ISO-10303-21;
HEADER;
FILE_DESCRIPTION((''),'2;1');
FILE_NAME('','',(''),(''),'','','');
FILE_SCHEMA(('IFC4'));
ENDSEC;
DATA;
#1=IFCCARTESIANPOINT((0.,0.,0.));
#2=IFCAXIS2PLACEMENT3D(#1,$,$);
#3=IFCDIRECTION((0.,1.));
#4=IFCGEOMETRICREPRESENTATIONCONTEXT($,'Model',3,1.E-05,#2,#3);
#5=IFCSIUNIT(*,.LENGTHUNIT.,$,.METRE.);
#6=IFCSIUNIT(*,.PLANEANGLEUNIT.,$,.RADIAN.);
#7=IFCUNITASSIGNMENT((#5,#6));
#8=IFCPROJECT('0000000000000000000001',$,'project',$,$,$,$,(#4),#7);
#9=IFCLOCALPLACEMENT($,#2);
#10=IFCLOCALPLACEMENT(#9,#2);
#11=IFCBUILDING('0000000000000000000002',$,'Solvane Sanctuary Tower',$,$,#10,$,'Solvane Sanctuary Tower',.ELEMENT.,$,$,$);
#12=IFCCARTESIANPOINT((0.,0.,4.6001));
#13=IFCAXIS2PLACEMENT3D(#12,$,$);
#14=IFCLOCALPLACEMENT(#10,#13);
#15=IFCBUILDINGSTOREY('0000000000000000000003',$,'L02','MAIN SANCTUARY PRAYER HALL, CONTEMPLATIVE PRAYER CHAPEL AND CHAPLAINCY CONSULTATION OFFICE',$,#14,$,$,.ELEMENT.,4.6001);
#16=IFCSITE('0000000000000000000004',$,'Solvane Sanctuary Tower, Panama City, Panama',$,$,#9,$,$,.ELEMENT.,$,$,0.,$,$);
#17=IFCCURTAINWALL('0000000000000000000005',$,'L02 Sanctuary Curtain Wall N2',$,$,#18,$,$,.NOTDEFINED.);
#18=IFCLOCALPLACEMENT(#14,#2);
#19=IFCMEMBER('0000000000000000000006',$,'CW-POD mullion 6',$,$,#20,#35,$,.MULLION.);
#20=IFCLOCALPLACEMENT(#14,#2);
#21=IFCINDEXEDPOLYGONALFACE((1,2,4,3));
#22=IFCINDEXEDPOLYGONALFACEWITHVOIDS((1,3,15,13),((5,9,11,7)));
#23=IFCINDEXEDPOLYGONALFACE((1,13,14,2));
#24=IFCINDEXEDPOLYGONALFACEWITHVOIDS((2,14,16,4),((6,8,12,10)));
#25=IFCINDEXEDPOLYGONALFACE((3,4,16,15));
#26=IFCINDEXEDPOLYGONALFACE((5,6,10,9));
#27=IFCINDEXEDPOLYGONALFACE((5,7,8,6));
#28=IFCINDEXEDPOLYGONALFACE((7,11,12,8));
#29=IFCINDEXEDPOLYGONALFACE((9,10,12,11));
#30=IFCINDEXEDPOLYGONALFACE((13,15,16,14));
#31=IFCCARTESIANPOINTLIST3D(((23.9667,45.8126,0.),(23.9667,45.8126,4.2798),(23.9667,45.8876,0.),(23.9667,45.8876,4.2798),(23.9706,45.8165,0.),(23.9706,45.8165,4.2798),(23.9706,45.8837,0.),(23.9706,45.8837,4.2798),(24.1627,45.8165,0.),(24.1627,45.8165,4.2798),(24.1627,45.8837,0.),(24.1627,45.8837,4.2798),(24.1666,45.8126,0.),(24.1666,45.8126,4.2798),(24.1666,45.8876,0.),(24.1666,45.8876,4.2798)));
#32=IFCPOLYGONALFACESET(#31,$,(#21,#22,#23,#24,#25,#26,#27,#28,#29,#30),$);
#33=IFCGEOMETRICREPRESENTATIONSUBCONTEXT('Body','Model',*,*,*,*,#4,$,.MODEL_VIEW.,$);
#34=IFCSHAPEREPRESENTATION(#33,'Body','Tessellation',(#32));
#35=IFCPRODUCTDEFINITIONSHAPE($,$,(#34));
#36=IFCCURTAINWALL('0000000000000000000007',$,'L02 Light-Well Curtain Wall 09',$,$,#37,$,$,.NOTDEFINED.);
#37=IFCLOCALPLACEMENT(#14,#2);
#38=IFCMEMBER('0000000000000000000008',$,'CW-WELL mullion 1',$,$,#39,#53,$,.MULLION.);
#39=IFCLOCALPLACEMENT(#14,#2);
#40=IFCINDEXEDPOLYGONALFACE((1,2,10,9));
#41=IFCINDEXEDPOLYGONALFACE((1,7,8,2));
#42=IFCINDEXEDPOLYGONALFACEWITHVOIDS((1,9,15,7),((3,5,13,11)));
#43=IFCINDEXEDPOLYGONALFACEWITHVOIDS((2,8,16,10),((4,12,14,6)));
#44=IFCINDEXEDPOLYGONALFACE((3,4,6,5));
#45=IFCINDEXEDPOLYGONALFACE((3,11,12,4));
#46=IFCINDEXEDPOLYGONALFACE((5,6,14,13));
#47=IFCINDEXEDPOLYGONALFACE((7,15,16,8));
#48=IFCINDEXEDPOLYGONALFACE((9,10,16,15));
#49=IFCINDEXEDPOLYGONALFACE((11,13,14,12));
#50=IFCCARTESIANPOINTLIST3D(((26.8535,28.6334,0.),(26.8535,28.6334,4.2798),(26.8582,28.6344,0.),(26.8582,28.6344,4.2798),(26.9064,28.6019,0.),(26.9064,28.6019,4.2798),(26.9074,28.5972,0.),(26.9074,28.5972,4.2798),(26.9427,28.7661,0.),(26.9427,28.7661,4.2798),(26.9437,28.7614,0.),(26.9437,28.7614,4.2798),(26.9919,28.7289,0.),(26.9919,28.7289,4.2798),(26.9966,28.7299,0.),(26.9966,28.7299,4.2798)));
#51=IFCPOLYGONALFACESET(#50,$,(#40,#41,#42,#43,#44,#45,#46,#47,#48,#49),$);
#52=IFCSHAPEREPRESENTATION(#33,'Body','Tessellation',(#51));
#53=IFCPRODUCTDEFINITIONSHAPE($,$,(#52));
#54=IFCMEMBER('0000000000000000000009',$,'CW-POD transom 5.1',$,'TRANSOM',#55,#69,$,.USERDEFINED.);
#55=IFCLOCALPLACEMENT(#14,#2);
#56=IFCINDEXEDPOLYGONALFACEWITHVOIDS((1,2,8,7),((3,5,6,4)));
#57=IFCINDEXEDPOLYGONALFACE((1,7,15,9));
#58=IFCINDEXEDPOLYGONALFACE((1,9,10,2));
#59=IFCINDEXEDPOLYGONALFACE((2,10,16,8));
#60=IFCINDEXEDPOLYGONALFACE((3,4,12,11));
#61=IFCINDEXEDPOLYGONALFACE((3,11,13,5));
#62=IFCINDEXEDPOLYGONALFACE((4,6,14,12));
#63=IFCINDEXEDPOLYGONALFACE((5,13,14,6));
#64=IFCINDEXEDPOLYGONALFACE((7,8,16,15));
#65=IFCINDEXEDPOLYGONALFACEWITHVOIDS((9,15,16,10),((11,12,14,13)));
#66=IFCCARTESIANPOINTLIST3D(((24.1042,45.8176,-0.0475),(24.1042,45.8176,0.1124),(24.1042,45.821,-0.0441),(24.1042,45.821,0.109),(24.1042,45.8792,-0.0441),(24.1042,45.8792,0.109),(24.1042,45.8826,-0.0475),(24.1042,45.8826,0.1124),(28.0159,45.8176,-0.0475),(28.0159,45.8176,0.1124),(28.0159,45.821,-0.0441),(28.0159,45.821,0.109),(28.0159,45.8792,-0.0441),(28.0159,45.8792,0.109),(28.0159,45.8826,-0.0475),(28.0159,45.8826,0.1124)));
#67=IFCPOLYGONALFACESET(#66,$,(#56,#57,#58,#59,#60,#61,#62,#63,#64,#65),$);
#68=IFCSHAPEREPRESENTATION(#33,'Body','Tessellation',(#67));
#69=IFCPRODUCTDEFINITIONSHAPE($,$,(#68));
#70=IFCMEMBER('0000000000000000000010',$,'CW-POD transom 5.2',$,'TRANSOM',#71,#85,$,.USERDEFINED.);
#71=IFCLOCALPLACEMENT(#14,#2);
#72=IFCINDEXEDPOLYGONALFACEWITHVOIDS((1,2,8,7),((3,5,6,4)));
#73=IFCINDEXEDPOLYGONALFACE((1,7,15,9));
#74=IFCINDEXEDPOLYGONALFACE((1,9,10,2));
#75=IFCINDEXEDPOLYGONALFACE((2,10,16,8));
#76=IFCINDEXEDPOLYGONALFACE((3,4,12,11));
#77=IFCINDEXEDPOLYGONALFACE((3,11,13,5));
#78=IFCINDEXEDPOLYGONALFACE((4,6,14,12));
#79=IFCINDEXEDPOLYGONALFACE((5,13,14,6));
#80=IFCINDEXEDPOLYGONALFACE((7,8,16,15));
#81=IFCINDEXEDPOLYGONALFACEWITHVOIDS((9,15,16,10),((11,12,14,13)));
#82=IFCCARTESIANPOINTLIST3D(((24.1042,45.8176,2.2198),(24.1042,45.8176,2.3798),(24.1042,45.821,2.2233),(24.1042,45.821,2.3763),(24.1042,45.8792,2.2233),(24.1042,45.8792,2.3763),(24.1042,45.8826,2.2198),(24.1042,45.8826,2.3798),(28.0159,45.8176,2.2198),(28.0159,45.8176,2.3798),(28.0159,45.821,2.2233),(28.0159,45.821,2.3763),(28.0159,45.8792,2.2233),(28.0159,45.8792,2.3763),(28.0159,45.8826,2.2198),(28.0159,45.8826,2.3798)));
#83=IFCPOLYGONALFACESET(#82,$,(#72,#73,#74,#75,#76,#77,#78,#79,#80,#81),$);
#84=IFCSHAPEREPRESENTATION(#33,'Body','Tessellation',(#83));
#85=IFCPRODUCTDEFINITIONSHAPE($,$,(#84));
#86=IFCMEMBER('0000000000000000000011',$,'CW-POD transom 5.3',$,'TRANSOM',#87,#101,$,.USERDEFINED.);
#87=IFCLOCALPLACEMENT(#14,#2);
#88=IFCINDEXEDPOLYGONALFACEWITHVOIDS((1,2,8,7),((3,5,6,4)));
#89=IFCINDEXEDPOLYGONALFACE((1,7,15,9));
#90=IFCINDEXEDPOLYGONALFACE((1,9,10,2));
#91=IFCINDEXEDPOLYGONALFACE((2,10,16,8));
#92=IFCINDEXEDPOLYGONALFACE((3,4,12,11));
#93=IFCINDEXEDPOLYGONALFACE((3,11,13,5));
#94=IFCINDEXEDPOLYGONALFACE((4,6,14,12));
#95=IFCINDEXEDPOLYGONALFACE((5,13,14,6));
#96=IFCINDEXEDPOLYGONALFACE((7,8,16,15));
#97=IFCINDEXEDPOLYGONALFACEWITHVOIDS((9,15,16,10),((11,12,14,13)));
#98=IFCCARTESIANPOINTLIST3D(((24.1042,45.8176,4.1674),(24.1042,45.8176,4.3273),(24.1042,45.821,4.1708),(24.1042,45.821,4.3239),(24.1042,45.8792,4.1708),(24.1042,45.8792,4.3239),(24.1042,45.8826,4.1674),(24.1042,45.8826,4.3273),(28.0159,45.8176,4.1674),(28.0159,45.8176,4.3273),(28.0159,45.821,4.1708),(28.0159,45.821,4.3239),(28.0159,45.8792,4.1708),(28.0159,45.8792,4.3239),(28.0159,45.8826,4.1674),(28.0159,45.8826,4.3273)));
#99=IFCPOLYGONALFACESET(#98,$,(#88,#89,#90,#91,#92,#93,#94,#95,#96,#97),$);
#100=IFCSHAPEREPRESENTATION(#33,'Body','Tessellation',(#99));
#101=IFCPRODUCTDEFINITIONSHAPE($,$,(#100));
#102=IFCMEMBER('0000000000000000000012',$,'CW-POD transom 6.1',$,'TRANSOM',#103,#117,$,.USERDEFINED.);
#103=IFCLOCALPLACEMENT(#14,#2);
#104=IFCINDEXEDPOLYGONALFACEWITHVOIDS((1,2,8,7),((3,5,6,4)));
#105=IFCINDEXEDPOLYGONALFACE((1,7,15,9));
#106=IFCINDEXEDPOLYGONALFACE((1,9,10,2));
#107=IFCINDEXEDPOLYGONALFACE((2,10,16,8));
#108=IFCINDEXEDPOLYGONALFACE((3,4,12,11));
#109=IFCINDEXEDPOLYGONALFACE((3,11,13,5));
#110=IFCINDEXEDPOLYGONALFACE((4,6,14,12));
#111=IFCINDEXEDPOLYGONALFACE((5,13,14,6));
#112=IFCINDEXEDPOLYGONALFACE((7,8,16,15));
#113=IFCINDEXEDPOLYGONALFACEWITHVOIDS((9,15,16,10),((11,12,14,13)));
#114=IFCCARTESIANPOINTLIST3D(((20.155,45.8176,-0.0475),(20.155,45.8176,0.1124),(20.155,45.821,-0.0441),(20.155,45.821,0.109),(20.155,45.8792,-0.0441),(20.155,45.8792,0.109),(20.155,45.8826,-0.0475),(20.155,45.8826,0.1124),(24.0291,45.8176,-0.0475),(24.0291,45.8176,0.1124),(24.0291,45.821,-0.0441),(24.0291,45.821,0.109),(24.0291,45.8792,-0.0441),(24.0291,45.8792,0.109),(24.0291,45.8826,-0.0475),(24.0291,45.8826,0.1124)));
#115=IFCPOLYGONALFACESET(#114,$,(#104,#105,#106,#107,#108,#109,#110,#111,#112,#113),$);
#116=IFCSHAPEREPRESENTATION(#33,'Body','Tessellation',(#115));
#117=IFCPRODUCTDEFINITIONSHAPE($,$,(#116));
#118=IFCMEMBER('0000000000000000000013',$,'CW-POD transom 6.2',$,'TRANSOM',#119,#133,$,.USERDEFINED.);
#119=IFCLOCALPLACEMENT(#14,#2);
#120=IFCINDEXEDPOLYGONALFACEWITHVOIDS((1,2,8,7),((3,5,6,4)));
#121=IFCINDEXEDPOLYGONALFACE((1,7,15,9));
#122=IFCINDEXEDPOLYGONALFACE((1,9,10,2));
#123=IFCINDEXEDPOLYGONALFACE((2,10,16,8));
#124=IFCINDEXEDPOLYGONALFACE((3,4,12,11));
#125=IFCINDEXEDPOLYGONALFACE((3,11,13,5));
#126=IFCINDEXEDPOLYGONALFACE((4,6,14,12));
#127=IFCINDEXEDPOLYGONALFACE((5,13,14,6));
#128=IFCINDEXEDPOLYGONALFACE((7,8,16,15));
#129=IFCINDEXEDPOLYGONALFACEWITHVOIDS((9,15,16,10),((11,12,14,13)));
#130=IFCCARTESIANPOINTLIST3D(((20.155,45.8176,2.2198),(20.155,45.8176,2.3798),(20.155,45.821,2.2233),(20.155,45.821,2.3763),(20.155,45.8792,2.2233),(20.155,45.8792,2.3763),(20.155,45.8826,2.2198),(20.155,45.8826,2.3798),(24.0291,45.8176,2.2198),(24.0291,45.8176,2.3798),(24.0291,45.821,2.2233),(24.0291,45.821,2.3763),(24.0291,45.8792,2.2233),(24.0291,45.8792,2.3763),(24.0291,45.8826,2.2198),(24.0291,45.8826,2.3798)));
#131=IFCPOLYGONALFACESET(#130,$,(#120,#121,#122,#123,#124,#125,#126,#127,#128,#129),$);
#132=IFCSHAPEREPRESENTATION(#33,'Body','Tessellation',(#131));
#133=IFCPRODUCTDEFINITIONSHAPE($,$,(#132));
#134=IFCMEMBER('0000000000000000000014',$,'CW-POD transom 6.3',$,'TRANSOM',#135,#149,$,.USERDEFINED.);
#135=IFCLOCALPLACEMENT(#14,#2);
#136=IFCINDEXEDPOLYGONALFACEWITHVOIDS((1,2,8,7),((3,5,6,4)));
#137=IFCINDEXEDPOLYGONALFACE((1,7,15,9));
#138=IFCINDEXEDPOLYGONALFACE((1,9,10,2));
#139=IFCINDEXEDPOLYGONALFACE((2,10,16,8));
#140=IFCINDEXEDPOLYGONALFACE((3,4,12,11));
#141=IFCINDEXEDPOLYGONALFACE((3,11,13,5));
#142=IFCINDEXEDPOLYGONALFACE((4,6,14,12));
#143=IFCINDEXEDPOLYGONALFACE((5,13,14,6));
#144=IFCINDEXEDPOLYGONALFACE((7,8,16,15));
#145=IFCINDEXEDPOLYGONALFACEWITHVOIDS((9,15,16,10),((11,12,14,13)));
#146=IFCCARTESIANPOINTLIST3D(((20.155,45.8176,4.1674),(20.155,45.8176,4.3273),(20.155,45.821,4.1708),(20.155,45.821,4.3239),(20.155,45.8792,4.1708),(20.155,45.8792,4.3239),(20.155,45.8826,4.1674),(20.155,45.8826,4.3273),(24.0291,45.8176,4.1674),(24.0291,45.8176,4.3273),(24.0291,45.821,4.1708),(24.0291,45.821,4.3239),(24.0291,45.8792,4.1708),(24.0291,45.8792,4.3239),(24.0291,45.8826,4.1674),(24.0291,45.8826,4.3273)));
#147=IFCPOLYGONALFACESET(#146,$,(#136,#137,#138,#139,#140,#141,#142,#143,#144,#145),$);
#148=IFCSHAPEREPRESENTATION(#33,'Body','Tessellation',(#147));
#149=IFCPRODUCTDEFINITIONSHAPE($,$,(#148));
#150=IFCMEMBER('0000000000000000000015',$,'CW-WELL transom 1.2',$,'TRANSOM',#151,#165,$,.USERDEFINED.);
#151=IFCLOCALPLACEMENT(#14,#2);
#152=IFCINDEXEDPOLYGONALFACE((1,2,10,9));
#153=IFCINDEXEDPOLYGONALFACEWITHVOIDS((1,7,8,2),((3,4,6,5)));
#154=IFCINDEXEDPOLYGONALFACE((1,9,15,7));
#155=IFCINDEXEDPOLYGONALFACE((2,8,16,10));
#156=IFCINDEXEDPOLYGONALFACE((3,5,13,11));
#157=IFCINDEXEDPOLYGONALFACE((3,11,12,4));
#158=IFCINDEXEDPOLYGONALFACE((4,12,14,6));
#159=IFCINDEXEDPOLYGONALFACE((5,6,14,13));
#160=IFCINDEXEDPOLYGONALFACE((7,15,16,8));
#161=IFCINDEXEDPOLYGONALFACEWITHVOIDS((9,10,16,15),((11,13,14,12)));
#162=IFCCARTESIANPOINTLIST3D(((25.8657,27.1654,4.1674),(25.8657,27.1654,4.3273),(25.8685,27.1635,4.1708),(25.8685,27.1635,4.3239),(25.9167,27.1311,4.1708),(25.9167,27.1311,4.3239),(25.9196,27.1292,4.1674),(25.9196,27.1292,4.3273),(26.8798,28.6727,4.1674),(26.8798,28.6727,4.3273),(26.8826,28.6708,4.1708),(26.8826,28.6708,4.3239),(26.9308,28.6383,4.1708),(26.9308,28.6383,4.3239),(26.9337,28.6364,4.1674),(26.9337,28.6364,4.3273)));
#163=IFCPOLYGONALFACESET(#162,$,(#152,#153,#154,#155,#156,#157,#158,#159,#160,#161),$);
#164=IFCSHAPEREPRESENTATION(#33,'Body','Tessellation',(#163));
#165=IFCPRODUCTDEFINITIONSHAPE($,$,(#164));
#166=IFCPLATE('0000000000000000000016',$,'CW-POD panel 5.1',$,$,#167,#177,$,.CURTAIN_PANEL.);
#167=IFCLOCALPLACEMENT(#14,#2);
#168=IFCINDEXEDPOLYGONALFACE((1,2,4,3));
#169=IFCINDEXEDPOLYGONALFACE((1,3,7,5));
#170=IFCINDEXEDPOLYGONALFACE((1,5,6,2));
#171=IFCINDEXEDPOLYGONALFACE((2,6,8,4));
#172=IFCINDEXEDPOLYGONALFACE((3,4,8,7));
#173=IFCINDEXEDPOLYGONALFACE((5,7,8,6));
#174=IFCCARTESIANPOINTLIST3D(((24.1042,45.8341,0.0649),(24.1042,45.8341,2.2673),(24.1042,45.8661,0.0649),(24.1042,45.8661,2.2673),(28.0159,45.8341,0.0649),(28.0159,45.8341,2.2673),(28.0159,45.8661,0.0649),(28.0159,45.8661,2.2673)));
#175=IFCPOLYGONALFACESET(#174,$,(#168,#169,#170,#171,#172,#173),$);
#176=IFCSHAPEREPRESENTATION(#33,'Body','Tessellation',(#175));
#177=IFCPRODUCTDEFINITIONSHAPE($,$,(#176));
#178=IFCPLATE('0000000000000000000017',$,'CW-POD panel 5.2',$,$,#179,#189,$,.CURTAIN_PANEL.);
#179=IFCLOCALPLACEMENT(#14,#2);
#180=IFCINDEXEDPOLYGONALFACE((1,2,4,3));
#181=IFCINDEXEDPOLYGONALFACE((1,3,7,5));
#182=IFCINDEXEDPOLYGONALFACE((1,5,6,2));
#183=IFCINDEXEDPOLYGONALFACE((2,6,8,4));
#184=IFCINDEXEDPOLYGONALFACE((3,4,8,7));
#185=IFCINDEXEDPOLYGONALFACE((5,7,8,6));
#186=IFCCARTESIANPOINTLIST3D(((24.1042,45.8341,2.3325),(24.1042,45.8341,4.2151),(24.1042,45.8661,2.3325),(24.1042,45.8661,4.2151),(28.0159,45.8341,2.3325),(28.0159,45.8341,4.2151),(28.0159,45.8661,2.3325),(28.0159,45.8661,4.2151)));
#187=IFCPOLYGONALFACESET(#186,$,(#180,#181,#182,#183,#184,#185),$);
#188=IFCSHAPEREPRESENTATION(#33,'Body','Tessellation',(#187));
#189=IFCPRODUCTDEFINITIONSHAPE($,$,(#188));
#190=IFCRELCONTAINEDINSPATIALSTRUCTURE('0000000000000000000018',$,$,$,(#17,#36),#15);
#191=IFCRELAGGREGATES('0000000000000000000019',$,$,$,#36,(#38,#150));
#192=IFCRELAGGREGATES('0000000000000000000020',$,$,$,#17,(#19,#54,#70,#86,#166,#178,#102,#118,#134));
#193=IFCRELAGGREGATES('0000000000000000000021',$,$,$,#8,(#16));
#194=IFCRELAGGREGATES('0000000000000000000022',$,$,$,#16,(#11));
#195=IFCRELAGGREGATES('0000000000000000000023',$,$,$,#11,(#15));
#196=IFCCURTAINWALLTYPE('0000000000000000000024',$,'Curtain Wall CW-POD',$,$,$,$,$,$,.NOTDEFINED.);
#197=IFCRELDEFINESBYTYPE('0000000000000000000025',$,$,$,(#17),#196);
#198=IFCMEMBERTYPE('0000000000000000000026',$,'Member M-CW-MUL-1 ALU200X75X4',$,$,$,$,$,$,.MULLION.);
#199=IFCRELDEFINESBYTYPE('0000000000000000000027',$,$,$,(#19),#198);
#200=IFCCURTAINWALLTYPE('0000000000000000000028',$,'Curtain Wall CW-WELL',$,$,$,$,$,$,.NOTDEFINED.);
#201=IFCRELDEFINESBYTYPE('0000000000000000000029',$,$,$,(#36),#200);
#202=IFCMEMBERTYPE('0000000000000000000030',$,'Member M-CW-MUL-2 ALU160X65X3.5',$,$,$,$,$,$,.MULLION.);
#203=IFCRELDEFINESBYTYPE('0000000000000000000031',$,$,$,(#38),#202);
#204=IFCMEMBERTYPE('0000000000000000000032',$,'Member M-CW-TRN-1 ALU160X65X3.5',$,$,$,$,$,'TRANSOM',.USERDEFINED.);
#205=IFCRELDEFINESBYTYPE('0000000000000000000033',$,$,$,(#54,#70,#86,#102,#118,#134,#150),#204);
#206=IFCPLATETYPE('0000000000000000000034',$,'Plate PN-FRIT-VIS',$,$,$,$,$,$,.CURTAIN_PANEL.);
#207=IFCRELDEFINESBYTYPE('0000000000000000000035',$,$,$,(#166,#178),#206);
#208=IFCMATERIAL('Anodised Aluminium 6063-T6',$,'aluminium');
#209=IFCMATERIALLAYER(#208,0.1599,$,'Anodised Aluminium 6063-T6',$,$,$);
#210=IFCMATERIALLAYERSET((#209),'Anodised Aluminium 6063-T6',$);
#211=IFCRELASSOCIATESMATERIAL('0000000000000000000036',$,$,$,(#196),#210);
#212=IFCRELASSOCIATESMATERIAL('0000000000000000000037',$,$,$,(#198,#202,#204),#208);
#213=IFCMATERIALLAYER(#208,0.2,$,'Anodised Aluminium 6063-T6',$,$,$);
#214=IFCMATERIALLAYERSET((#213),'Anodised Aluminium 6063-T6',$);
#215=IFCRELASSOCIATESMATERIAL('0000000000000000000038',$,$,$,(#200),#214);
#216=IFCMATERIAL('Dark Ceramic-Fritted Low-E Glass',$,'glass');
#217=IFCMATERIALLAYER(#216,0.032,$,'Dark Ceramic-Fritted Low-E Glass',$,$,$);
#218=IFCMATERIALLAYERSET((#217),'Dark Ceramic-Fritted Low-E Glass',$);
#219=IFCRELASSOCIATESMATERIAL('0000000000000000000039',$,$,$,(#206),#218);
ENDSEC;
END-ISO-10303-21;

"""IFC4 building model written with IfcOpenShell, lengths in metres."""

from ifc_helpers import new_model, si_unit, direction, frame, origin, origin_2d, place, context, subcontext, project, spatial, rectangle, hollow_rectangle, extrude, material, layer, layer_set, material_profile, profile_set, type_object, element, aggregate, save


model = new_model("IFC4")

# Units and contexts
model_context = context("Model", 3, precision=1e-05, world=origin(), true_north=direction((0.0, 1.0)))
body_context = subcontext(model_context, "Body", "Model", "MODEL_VIEW")
ifc_project = project(units=[si_unit("LENGTHUNIT", "METRE"), si_unit("PLANEANGLEUNIT", "RADIAN")], contexts=[model_context])

# Site, building, storey
site_placement = place(None, origin())
site = spatial("IfcSite", under=ifc_project, at=site_placement, Name="Solvane Sanctuary Tower, Panama City, Panama", CompositionType="ELEMENT", RefElevation=0.0)
building_placement = place(site_placement, origin())
building = spatial("IfcBuilding", under=site, at=building_placement, Name="Solvane Sanctuary Tower", LongName="Solvane Sanctuary Tower", CompositionType="ELEMENT")
storey_placement = place(building_placement, frame((0.0, 0.0, 4.6001)))
storey = spatial("IfcBuildingStorey", under=building, at=storey_placement, Name="L02", Description="MAIN SANCTUARY PRAYER HALL, CONTEMPLATIVE PRAYER CHAPEL AND CHAPLAINCY CONSULTATION OFFICE", CompositionType="ELEMENT", Elevation=4.6001)

# Curtain wall, member
ifc_material_1 = material(Name="Anodised Aluminium 6063-T6", Category="aluminium")
ifc_layer_1 = layer(ifc_material_1, 0.1599, Name="Anodised Aluminium 6063-T6")
ifc_layer_set_1 = layer_set([ifc_layer_1], Name="Anodised Aluminium 6063-T6")
curtain_wall_type_1 = type_object("IfcCurtainWallType", Name="Curtain Wall CW-POD", PredefinedType="NOTDEFINED", material=ifc_layer_set_1)
curtain_wall_1_placement = place(storey_placement, origin())
curtain_wall_1 = element("IfcCurtainWall", 1, at=curtain_wall_1_placement, inside=storey, type_object=curtain_wall_type_1, Name="L02 Sanctuary Curtain Wall N2", PredefinedType="NOTDEFINED")
ifc_material_profile_1 = material_profile(ifc_material_1, hollow_rectangle(XDim=0.075, YDim=0.2, WallThickness=0.0039, at=origin_2d()), Name="ALU200X75X4")
ifc_profile_set_1 = profile_set([ifc_material_profile_1], Name="Anodised Aluminium 6063-T6")
member_type_1 = type_object("IfcMemberType", Name="Member M-CW-MUL-1 ALU200X75X4", PredefinedType="MULLION", material=ifc_profile_set_1)
member_1_placement = place(storey_placement, frame((24.0667, 45.8501, 0.0), z_axis=(0.0, 0.0, 1.0), x_axis=(0.0, -1.0, 0.0)))
member_1 = element("IfcMember", 2, at=member_1_placement, type_object=member_type_1, Name="CW-POD mullion 6", PredefinedType="MULLION", context=body_context, shape_type="SweptSolid", body=[
    extrude(hollow_rectangle(XDim=0.075, YDim=0.2, WallThickness=0.0039, at=origin_2d()), origin(), (0.0, 0.0, 1.0), 4.2798),
])

# Curtain wall, member
ifc_layer_2 = layer(ifc_material_1, 0.2, Name="Anodised Aluminium 6063-T6")
ifc_layer_set_2 = layer_set([ifc_layer_2], Name="Anodised Aluminium 6063-T6")
curtain_wall_type_2 = type_object("IfcCurtainWallType", Name="Curtain Wall CW-WELL", PredefinedType="NOTDEFINED", material=ifc_layer_set_2)
curtain_wall_2_placement = place(storey_placement, origin())
curtain_wall_2 = element("IfcCurtainWall", 3, at=curtain_wall_2_placement, inside=storey, type_object=curtain_wall_type_2, Name="L02 Light-Well Curtain Wall 09", PredefinedType="NOTDEFINED")
ifc_material_profile_2 = material_profile(ifc_material_1, hollow_rectangle(XDim=0.0649, YDim=0.1599, WallThickness=0.0034, at=origin_2d()), Name="ALU160X65X3.5")
ifc_profile_set_2 = profile_set([ifc_material_profile_2], Name="Anodised Aluminium 6063-T6")
member_type_2 = type_object("IfcMemberType", Name="Member M-CW-MUL-2 ALU160X65X3.5", PredefinedType="MULLION", material=ifc_profile_set_2)
member_2_placement = place(storey_placement, frame((26.925, 28.6816, 0.0), z_axis=(0.0, 0.0, 1.0), x_axis=(0.829664, -0.558263, 0.0)))
member_2 = element("IfcMember", 4, at=member_2_placement, type_object=member_type_2, Name="CW-WELL mullion 1", PredefinedType="MULLION", context=body_context, shape_type="SweptSolid", body=[
    extrude(hollow_rectangle(XDim=0.0649, YDim=0.1599, WallThickness=0.0034, at=origin_2d()), origin(), (0.0, 0.0, 1.0), 4.2798),
])

# Members
ifc_material_profile_3 = material_profile(ifc_material_1, hollow_rectangle(XDim=0.0649, YDim=0.1599, WallThickness=0.0034, at=origin_2d()), Name="ALU160X65X3.5")
ifc_profile_set_3 = profile_set([ifc_material_profile_3], Name="Anodised Aluminium 6063-T6")
member_type_3 = type_object("IfcMemberType", Name="Member M-CW-TRN-1 ALU160X65X3.5", ElementType="TRANSOM", PredefinedType="USERDEFINED", material=ifc_profile_set_3)
member_3_placement = place(storey_placement, frame((28.0159, 45.8501, 0.0325), z_axis=(-1.0, 0.0, 0.0), x_axis=(0.0, -1.0, 0.0)))
member_3 = element("IfcMember", 5, at=member_3_placement, type_object=member_type_3, Name="CW-POD transom 5.1", ObjectType="TRANSOM", PredefinedType="USERDEFINED", context=body_context, shape_type="SweptSolid", body=[
    extrude(hollow_rectangle(XDim=0.0649, YDim=0.1599, WallThickness=0.0034, at=origin_2d()), origin(), (0.0, 0.0, 1.0), 3.9116),
])
member_4_placement = place(storey_placement, frame((28.0159, 45.8501, 2.2998), z_axis=(-1.0, 0.0, 0.0), x_axis=(0.0, -1.0, 0.0)))
member_4 = element("IfcMember", 6, at=member_4_placement, type_object=member_type_3, Name="CW-POD transom 5.2", ObjectType="TRANSOM", PredefinedType="USERDEFINED", context=body_context, shape_type="SweptSolid", body=[
    extrude(hollow_rectangle(XDim=0.0649, YDim=0.1599, WallThickness=0.0034, at=origin_2d()), origin(), (0.0, 0.0, 1.0), 3.9116),
])
member_5_placement = place(storey_placement, frame((28.0159, 45.8501, 4.2473), z_axis=(-1.0, 0.0, 0.0), x_axis=(0.0, -1.0, 0.0)))
member_5 = element("IfcMember", 7, at=member_5_placement, type_object=member_type_3, Name="CW-POD transom 5.3", ObjectType="TRANSOM", PredefinedType="USERDEFINED", context=body_context, shape_type="SweptSolid", body=[
    extrude(hollow_rectangle(XDim=0.0649, YDim=0.1599, WallThickness=0.0034, at=origin_2d()), origin(), (0.0, 0.0, 1.0), 3.9116),
])
member_6_placement = place(storey_placement, frame((24.0291, 45.8501, 0.0325), z_axis=(-1.0, 0.0, 0.0), x_axis=(0.0, -1.0, 0.0)))
member_6 = element("IfcMember", 8, at=member_6_placement, type_object=member_type_3, Name="CW-POD transom 6.1", ObjectType="TRANSOM", PredefinedType="USERDEFINED", context=body_context, shape_type="SweptSolid", body=[
    extrude(hollow_rectangle(XDim=0.0649, YDim=0.1599, WallThickness=0.0034, at=origin_2d()), origin(), (0.0, 0.0, 1.0), 3.874),
])
member_7_placement = place(storey_placement, frame((24.0291, 45.8501, 2.2998), z_axis=(-1.0, 0.0, 0.0), x_axis=(0.0, -1.0, 0.0)))
member_7 = element("IfcMember", 9, at=member_7_placement, type_object=member_type_3, Name="CW-POD transom 6.2", ObjectType="TRANSOM", PredefinedType="USERDEFINED", context=body_context, shape_type="SweptSolid", body=[
    extrude(hollow_rectangle(XDim=0.0649, YDim=0.1599, WallThickness=0.0034, at=origin_2d()), origin(), (0.0, 0.0, 1.0), 3.874),
])
member_8_placement = place(storey_placement, frame((24.0291, 45.8501, 4.2473), z_axis=(-1.0, 0.0, 0.0), x_axis=(0.0, -1.0, 0.0)))
member_8 = element("IfcMember", 10, at=member_8_placement, type_object=member_type_3, Name="CW-POD transom 6.3", ObjectType="TRANSOM", PredefinedType="USERDEFINED", context=body_context, shape_type="SweptSolid", body=[
    extrude(hollow_rectangle(XDim=0.0649, YDim=0.1599, WallThickness=0.0034, at=origin_2d()), origin(), (0.0, 0.0, 1.0), 3.874),
])
member_9_placement = place(storey_placement, frame((26.9067, 28.6545, 4.2473), z_axis=(-0.558231, -0.829686, 0.0), x_axis=(0.829686, -0.558231, 0.0)))
member_9 = element("IfcMember", 11, at=member_9_placement, type_object=member_type_3, Name="CW-WELL transom 1.2", ObjectType="TRANSOM", PredefinedType="USERDEFINED", context=body_context, shape_type="SweptSolid", body=[
    extrude(hollow_rectangle(XDim=0.0649, YDim=0.1599, WallThickness=0.0034, at=origin_2d()), origin(), (0.0, 0.0, 1.0), 1.8167),
])
aggregate(curtain_wall_2, [member_2, member_9])

# Plates
ifc_material_2 = material(Name="Dark Ceramic-Fritted Low-E Glass", Category="glass")
ifc_layer_3 = layer(ifc_material_2, 0.032, Name="Dark Ceramic-Fritted Low-E Glass")
ifc_layer_set_3 = layer_set([ifc_layer_3], Name="Dark Ceramic-Fritted Low-E Glass")
plate_type = type_object("IfcPlateType", Name="Plate PN-FRIT-VIS", PredefinedType="CURTAIN_PANEL", material=ifc_layer_set_3)
plate_1_placement = place(storey_placement, frame((26.0601, 45.8501, 0.0649), z_axis=(0.0, 0.0, 1.0), x_axis=(-1.0, 0.0, 0.0)))
plate_1 = element("IfcPlate", 12, at=plate_1_placement, type_object=plate_type, Name="CW-POD panel 5.1", PredefinedType="CURTAIN_PANEL", context=body_context, shape_type="SweptSolid", body=[
    extrude(rectangle(XDim=3.9116, YDim=0.032, at=origin_2d()), origin(), (0.0, 0.0, 1.0), 2.2024),
])
plate_2_placement = place(storey_placement, frame((26.0601, 45.8501, 2.3325), z_axis=(0.0, 0.0, 1.0), x_axis=(-1.0, 0.0, 0.0)))
plate_2 = element("IfcPlate", 13, at=plate_2_placement, type_object=plate_type, Name="CW-POD panel 5.2", PredefinedType="CURTAIN_PANEL", context=body_context, shape_type="SweptSolid", body=[
    extrude(rectangle(XDim=3.9116, YDim=0.032, at=origin_2d()), origin(), (0.0, 0.0, 1.0), 1.8826),
])
aggregate(curtain_wall_1, [member_1, member_3, member_4, member_5, plate_1, plate_2, member_6, member_7, member_8])

save(model, "model.ifc")
